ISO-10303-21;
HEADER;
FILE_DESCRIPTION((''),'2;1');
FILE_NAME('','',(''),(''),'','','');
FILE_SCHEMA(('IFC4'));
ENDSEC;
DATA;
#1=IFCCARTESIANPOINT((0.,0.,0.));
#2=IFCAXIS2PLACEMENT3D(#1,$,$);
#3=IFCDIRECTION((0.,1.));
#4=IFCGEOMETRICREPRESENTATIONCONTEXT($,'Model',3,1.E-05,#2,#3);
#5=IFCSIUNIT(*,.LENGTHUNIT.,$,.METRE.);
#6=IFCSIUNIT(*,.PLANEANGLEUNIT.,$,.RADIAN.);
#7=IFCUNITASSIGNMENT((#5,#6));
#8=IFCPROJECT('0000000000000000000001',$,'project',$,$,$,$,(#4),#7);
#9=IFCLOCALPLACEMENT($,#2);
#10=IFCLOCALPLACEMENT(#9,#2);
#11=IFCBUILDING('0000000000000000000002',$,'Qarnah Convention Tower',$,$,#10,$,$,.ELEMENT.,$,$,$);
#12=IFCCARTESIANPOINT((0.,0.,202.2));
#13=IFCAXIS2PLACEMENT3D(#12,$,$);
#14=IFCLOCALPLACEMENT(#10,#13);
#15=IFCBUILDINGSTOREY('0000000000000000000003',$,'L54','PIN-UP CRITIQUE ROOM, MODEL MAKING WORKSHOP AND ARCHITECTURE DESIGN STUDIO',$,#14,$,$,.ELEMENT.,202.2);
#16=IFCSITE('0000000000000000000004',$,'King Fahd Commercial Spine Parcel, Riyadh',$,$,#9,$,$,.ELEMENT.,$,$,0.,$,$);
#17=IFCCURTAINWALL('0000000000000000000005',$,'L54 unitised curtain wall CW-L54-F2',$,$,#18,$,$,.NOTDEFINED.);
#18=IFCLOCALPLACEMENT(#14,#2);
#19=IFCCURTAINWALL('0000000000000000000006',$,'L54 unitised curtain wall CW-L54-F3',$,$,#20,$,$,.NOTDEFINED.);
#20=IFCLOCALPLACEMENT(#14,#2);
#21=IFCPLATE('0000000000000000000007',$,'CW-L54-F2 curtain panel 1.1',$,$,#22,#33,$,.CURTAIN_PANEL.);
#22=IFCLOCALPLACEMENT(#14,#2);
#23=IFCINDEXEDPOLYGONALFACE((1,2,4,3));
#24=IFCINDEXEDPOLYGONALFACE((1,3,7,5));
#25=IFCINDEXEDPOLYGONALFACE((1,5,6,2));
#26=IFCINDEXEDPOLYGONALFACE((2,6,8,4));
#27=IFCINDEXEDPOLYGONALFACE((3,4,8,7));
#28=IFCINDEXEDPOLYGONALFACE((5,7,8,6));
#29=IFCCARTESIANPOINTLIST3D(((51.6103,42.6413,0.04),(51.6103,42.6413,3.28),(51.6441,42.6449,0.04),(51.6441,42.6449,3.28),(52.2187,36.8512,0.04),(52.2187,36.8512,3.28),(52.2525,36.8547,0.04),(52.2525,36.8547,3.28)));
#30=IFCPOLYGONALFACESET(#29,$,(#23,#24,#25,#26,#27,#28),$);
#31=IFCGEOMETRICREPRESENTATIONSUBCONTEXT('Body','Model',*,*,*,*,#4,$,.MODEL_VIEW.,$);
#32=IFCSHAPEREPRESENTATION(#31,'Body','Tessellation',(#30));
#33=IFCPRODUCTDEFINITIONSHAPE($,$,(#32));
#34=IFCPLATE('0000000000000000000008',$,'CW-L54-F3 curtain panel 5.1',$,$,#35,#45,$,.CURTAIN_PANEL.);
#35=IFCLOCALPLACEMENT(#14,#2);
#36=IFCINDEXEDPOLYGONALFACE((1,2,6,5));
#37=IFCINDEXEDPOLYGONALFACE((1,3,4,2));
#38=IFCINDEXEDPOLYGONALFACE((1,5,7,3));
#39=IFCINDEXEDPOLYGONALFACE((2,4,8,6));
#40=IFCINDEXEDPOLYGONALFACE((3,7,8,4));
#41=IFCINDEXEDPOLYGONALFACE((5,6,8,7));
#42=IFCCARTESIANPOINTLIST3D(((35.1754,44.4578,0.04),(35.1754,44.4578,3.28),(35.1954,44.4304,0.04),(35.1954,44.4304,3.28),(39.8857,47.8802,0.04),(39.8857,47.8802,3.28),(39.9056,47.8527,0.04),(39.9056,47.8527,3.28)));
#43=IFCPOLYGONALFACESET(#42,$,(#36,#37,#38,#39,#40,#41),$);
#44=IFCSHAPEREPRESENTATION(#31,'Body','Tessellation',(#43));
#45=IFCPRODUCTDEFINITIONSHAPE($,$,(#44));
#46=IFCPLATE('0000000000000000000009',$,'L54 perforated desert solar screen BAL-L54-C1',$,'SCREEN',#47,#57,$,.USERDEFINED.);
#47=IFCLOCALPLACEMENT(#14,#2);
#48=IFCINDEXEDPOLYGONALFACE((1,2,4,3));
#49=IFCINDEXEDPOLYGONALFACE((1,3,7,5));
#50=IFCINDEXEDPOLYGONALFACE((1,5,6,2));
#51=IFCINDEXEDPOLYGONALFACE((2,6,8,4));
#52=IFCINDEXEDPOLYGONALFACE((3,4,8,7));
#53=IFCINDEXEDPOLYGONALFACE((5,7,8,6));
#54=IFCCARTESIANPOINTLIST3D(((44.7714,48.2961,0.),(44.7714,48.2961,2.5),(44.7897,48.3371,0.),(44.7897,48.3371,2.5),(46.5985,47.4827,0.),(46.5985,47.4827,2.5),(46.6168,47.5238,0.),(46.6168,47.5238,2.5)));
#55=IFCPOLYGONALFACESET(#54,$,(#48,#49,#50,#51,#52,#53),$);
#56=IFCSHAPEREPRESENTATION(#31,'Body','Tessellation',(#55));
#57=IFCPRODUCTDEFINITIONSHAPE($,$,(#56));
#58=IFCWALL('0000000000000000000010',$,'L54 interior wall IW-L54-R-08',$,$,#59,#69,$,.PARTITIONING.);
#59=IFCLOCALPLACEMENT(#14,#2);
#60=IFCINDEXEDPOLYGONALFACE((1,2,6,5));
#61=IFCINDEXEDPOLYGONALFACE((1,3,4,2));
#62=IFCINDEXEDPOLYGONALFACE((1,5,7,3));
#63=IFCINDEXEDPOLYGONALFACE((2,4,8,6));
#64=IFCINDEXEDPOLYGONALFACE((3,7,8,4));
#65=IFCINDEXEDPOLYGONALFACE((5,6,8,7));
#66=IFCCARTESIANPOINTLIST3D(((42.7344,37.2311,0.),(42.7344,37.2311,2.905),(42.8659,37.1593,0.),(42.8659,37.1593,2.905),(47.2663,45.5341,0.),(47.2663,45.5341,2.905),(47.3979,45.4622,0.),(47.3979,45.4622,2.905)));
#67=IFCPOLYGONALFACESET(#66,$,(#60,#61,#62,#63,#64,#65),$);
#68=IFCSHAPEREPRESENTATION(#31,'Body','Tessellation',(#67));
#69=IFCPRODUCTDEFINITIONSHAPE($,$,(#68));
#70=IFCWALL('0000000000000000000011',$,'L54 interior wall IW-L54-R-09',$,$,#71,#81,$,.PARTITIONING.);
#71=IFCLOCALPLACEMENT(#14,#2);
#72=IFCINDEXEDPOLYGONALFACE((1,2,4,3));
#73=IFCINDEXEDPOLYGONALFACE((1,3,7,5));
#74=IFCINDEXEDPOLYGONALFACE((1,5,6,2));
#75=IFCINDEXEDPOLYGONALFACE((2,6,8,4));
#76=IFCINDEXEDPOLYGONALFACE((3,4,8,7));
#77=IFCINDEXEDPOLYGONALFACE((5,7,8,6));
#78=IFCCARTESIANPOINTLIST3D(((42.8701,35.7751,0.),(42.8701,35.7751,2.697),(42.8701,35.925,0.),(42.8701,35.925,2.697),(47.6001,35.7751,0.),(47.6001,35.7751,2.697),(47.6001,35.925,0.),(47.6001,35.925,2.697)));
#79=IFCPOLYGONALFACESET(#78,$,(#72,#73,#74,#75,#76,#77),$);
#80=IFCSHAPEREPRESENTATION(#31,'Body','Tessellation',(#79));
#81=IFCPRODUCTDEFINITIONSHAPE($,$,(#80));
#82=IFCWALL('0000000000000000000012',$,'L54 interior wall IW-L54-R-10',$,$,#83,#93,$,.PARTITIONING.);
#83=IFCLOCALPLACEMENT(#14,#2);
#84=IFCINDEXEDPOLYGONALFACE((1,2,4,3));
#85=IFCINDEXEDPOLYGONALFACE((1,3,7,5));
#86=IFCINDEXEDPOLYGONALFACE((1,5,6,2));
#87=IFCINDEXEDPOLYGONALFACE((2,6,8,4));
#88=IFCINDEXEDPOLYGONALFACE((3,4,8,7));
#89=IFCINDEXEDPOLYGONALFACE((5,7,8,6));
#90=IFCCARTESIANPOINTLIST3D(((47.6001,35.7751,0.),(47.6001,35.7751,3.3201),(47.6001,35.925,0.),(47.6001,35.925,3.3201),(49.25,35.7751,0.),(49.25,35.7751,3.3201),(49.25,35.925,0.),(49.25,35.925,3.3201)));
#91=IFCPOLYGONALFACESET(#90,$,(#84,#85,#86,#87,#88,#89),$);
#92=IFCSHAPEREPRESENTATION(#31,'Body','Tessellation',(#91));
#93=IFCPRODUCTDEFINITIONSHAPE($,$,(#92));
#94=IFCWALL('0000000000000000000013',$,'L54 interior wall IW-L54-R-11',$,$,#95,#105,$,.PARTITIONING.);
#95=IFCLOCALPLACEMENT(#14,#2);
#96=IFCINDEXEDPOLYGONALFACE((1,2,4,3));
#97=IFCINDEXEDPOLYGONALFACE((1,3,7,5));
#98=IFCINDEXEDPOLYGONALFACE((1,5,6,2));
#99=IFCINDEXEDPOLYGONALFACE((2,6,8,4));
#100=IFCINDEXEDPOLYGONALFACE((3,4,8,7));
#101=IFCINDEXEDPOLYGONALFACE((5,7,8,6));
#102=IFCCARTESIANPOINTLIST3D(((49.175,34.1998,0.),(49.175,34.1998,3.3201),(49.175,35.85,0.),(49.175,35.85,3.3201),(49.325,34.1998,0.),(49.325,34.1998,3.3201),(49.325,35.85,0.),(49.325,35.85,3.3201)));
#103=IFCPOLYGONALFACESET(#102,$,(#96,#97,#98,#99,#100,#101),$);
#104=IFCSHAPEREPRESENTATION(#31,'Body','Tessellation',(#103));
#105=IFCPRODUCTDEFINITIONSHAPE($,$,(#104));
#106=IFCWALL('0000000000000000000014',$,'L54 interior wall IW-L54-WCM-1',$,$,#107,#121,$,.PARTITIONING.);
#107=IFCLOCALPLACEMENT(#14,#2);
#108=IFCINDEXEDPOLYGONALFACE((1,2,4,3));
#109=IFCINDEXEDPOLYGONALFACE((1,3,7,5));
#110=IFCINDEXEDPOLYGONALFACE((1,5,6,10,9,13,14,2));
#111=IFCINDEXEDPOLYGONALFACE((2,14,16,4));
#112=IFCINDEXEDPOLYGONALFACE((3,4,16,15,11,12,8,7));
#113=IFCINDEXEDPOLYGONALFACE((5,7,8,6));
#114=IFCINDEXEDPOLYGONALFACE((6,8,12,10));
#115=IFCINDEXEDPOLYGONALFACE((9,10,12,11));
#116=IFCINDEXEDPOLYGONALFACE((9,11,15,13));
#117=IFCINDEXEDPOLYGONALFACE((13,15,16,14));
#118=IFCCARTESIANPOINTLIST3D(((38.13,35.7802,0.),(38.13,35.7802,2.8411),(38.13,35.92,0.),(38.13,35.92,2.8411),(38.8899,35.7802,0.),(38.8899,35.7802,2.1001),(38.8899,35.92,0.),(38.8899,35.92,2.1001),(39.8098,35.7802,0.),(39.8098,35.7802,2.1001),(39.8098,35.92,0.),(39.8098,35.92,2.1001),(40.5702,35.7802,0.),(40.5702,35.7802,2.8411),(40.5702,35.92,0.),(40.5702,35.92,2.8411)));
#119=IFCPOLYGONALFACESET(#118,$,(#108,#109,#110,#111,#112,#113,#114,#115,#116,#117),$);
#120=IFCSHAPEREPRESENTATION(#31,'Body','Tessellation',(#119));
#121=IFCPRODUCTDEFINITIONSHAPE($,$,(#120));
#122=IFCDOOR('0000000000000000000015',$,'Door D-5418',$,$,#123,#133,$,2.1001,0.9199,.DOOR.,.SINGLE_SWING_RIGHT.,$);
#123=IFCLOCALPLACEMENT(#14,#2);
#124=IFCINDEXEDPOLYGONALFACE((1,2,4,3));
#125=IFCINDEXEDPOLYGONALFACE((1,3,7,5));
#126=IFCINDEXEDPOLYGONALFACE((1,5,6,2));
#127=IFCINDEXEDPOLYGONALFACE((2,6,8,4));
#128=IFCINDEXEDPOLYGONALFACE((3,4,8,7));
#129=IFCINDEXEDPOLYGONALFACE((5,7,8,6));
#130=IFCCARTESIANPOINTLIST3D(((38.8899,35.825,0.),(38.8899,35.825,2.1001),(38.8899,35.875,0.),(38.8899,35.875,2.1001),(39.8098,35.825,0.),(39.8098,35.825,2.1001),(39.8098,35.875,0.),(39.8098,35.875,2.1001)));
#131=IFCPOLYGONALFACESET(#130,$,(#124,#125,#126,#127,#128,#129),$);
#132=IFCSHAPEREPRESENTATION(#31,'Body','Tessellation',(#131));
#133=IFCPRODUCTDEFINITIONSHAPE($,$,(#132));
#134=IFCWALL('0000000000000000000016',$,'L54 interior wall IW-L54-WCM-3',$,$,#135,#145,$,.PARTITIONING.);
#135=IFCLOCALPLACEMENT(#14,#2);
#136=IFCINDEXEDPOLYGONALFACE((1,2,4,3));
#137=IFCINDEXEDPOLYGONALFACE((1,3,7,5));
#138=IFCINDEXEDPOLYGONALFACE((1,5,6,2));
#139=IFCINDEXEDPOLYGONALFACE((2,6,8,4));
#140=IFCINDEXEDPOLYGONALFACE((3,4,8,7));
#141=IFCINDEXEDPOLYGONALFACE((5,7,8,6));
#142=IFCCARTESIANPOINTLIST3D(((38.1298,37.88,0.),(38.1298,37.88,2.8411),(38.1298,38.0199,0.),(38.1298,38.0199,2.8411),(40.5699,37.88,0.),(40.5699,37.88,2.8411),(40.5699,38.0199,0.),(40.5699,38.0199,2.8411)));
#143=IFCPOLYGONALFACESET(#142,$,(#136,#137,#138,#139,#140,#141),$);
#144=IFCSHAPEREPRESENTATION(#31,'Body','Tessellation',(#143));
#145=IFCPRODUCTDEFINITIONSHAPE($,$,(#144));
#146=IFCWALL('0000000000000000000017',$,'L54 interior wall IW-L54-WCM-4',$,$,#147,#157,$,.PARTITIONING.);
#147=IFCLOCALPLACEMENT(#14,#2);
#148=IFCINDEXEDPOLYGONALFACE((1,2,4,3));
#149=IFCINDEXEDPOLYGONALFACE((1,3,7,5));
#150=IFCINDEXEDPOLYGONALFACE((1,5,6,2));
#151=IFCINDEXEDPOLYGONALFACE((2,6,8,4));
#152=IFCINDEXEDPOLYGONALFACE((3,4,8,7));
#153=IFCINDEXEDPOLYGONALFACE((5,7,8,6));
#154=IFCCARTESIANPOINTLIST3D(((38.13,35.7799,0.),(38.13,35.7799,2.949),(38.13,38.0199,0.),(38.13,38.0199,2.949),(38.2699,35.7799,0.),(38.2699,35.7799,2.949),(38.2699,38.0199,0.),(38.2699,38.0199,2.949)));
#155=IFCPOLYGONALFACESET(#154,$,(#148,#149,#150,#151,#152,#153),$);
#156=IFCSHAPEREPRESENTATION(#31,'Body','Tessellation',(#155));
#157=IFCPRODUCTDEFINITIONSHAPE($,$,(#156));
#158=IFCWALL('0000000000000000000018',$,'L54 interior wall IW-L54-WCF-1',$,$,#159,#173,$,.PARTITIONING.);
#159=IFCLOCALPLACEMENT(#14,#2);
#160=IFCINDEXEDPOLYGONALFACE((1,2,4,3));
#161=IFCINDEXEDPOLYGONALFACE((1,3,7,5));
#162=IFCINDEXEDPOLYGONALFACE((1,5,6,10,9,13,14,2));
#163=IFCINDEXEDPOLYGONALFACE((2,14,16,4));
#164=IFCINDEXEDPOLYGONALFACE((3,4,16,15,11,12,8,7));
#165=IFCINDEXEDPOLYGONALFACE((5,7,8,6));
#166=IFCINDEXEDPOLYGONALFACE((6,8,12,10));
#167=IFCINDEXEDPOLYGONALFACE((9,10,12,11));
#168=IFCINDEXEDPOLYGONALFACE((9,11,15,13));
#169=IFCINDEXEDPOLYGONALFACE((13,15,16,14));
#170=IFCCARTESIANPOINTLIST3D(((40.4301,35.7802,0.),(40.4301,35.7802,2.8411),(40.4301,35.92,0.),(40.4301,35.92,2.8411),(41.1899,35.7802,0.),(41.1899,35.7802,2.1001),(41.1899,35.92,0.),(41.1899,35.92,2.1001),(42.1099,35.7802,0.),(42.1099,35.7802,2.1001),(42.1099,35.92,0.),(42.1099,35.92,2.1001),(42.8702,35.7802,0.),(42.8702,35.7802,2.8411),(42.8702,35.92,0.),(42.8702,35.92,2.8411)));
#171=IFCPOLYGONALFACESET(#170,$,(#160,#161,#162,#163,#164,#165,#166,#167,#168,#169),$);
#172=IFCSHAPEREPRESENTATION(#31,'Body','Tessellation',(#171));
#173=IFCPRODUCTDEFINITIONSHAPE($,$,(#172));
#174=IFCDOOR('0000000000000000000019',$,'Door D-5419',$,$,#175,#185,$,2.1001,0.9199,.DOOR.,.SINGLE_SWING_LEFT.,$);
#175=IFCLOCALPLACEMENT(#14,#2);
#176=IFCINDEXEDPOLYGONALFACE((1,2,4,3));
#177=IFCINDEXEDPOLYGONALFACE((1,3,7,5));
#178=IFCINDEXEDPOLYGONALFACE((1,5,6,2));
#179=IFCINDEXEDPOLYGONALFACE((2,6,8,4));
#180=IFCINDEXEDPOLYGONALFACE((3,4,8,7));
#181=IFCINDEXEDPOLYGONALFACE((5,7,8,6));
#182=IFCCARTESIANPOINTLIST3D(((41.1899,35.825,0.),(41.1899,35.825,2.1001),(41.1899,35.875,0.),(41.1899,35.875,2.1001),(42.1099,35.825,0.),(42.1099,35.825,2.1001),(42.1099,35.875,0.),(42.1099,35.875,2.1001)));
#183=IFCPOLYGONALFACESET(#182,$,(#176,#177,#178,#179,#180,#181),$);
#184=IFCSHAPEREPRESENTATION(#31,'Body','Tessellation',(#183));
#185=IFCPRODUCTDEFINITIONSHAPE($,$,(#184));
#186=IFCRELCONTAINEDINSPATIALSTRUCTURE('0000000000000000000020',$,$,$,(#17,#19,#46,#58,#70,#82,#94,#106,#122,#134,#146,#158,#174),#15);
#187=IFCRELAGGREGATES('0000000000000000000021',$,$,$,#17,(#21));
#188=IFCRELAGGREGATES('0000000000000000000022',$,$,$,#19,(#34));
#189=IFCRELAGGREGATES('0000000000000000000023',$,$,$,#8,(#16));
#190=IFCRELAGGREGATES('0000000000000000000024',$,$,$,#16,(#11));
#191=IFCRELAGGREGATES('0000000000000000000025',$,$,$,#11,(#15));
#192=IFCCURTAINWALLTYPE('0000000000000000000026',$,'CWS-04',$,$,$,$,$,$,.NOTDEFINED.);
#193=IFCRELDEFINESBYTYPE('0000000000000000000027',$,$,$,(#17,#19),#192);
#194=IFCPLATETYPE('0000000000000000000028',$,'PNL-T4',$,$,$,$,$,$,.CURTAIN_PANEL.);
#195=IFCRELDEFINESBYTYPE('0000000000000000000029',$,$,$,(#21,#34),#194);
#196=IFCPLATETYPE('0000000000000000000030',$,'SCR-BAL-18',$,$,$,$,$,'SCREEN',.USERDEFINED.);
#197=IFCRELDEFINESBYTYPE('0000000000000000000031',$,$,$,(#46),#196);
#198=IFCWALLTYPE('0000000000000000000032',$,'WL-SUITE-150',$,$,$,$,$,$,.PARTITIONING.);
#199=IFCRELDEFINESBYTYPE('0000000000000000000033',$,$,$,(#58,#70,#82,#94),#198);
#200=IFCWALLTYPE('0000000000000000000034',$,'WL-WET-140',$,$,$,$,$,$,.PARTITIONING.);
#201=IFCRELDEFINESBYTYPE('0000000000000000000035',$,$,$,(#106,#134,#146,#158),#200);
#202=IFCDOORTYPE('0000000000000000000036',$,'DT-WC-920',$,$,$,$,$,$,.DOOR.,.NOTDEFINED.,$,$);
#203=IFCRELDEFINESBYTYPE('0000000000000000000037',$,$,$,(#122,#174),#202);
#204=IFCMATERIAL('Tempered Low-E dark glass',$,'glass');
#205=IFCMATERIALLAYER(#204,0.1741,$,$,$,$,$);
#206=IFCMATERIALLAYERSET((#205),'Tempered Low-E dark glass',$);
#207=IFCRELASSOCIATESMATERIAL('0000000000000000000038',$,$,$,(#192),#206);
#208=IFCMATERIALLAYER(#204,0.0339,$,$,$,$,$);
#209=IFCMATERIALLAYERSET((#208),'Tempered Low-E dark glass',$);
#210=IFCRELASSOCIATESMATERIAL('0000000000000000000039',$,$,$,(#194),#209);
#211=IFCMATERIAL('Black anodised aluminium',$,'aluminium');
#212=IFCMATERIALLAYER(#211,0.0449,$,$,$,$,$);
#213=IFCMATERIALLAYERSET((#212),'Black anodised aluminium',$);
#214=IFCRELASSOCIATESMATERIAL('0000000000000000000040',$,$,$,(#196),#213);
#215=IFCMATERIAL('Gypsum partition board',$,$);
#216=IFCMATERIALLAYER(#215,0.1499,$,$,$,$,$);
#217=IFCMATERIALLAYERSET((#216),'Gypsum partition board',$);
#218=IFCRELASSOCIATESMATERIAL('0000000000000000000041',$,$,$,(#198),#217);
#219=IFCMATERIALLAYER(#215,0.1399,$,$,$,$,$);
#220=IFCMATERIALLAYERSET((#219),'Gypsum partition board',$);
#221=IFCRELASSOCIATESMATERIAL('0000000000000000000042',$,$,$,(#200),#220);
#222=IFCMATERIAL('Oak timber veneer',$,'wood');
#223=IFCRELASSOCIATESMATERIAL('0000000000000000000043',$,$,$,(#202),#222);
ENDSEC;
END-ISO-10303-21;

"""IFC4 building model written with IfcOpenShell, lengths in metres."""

from ifc_helpers import new_model, si_unit, direction, frame, frame_2d, origin, origin_2d, place, context, subcontext, project, spatial, rectangle, extrude, material, layer, layer_set, type_object, element, fill, aggregate, save


model = new_model("IFC4")

# Units and contexts
model_context = context("Model", 3, precision=1e-05, world=origin(), true_north=direction((0.0, 1.0)))
body_context = subcontext(model_context, "Body", "Model", "MODEL_VIEW")
ifc_project = project(units=[si_unit("LENGTHUNIT", "METRE"), si_unit("PLANEANGLEUNIT", "RADIAN")], contexts=[model_context])

# Site, building, storey
site_placement = place(None, origin())
site = spatial("IfcSite", under=ifc_project, at=site_placement, Name="King Fahd Commercial Spine Parcel, Riyadh", CompositionType="ELEMENT", RefElevation=0.0)
building_placement = place(site_placement, origin())
building = spatial("IfcBuilding", under=site, at=building_placement, Name="Qarnah Convention Tower", CompositionType="ELEMENT")
storey_placement = place(building_placement, frame((0.0, 0.0, 202.2)))
storey = spatial("IfcBuildingStorey", under=building, at=storey_placement, Name="L54", Description="PIN-UP CRITIQUE ROOM, MODEL MAKING WORKSHOP AND ARCHITECTURE DESIGN STUDIO", CompositionType="ELEMENT", Elevation=202.2)

# Curtain wall
ifc_material_1 = material(Name="Tempered Low-E dark glass", Category="glass")
ifc_layer_1 = layer(ifc_material_1, 0.1741)
ifc_layer_set_1 = layer_set([ifc_layer_1], Name="Tempered Low-E dark glass")
curtain_wall_type = type_object("IfcCurtainWallType", Name="CWS-04", PredefinedType="NOTDEFINED", material=ifc_layer_set_1)
curtain_wall_1_placement = place(storey_placement, origin())
curtain_wall_1 = element("IfcCurtainWall", 1, at=curtain_wall_1_placement, inside=storey, type_object=curtain_wall_type, Name="L54 unitised curtain wall CW-L54-F2", PredefinedType="NOTDEFINED")
ifc_material_2 = material(Name="Black anodised aluminium", Category="aluminium")

# Curtain wall
curtain_wall_2_placement = place(storey_placement, origin())
curtain_wall_2 = element("IfcCurtainWall", 2, at=curtain_wall_2_placement, inside=storey, type_object=curtain_wall_type, Name="L54 unitised curtain wall CW-L54-F3", PredefinedType="NOTDEFINED")

# Plates
ifc_layer_2 = layer(ifc_material_1, 0.0339)
ifc_layer_set_2 = layer_set([ifc_layer_2], Name="Tempered Low-E dark glass")
plate_type_1 = type_object("IfcPlateType", Name="PNL-T4", PredefinedType="CURTAIN_PANEL", material=ifc_layer_set_2)
plate_1_placement = place(storey_placement, frame((51.9314, 39.748, 0.04), z_axis=(0.0, 0.0, 1.0), x_axis=(0.104505, -0.994524, 0.0)))
plate_1 = element("IfcPlate", 3, at=plate_1_placement, type_object=plate_type_1, Name="CW-L54-F2 curtain panel 1.1", PredefinedType="CURTAIN_PANEL", context=body_context, shape_type="SweptSolid", body=[
    extrude(rectangle(XDim=5.822, YDim=0.0339, at=origin_2d()), origin(), (0.0, 0.0, 1.0), 3.24),
])
aggregate(curtain_wall_1, [plate_1])
plate_2_placement = place(storey_placement, frame((37.5405, 46.1553, 0.04), z_axis=(0.0, 0.0, 1.0), x_axis=(0.809004, 0.587803, 0.0)))
plate_2 = element("IfcPlate", 4, at=plate_2_placement, type_object=plate_type_1, Name="CW-L54-F3 curtain panel 5.1", PredefinedType="CURTAIN_PANEL", context=body_context, shape_type="SweptSolid", body=[
    extrude(rectangle(XDim=5.8223, YDim=0.0339, at=origin_2d()), origin(), (0.0, 0.0, 1.0), 3.24),
])
aggregate(curtain_wall_2, [plate_2])
ifc_layer_3 = layer(ifc_material_2, 0.0449)
ifc_layer_set_3 = layer_set([ifc_layer_3], Name="Black anodised aluminium")
plate_type_2 = type_object("IfcPlateType", Name="SCR-BAL-18", ElementType="SCREEN", PredefinedType="USERDEFINED", material=ifc_layer_set_3)
plate_3_placement = place(storey_placement, frame((45.6941, 47.9099, 0.0), z_axis=(0.0, 0.0, 1.0), x_axis=(0.913575, -0.406671, 0.0)))
element("IfcPlate", 5, at=plate_3_placement, inside=storey, type_object=plate_type_2, Name="L54 perforated desert solar screen BAL-L54-C1", ObjectType="SCREEN", PredefinedType="USERDEFINED", context=body_context, shape_type="SweptSolid", body=[
    extrude(rectangle(XDim=2.0, YDim=0.0449, at=origin_2d()), origin(), (0.0, 0.0, 1.0), 2.5),
])

# Walls
ifc_material_3 = material(Name="Gypsum partition board")
ifc_layer_4 = layer(ifc_material_3, 0.1499)
ifc_layer_set_4 = layer_set([ifc_layer_4], Name="Gypsum partition board")
wall_type_1 = type_object("IfcWallType", Name="WL-SUITE-150", PredefinedType="PARTITIONING", material=ifc_layer_set_4)
wall_1_placement = place(storey_placement, frame((47.332, 45.498, 0.0), z_axis=(0.0, 0.0, 1.0), x_axis=(-0.479103, -0.877758, 0.0)))
element("IfcWall", 6, at=wall_1_placement, inside=storey, type_object=wall_type_1, Name="L54 interior wall IW-L54-R-08", PredefinedType="PARTITIONING", context=body_context, shape_type="SweptSolid", body=[
    extrude(rectangle(XDim=9.4592, YDim=0.1499, at=frame_2d((4.7295, 0.0))), origin(), (0.0, 0.0, 1.0), 2.905),
])
wall_2_placement = place(storey_placement, frame((42.8701, 35.8501, 0.0), z_axis=(0.0, 0.0, 1.0), x_axis=(1.0, 0.0, 0.0)))
element("IfcWall", 7, at=wall_2_placement, inside=storey, type_object=wall_type_1, Name="L54 interior wall IW-L54-R-09", PredefinedType="PARTITIONING", context=body_context, shape_type="SweptSolid", body=[
    extrude(rectangle(XDim=4.73, YDim=0.1499, at=frame_2d((2.365, 0.0))), origin(), (0.0, 0.0, 1.0), 2.697),
])
wall_3_placement = place(storey_placement, frame((47.6001, 35.8501, 0.0), z_axis=(0.0, 0.0, 1.0), x_axis=(1.0, 0.0, 0.0)))
element("IfcWall", 8, at=wall_3_placement, inside=storey, type_object=wall_type_1, Name="L54 interior wall IW-L54-R-10", PredefinedType="PARTITIONING", context=body_context, shape_type="SweptSolid", body=[
    extrude(rectangle(XDim=1.6499, YDim=0.1499, at=frame_2d((0.825, 0.0))), origin(), (0.0, 0.0, 1.0), 3.3201),
])
wall_4_placement = place(storey_placement, frame((49.25, 35.8501, 0.0), z_axis=(0.0, 0.0, 1.0), x_axis=(0.0, -1.0, 0.0)))
element("IfcWall", 9, at=wall_4_placement, inside=storey, type_object=wall_type_1, Name="L54 interior wall IW-L54-R-11", PredefinedType="PARTITIONING", context=body_context, shape_type="SweptSolid", body=[
    extrude(rectangle(XDim=1.6501, YDim=0.1499, at=frame_2d((0.8252, 0.0))), origin(), (0.0, 0.0, 1.0), 3.3201),
])

# Wall, opening, door
ifc_layer_5 = layer(ifc_material_3, 0.1399)
ifc_layer_set_5 = layer_set([ifc_layer_5], Name="Gypsum partition board")
wall_type_2 = type_object("IfcWallType", Name="WL-WET-140", PredefinedType="PARTITIONING", material=ifc_layer_set_5)
wall_5_placement = place(storey_placement, frame((38.1299, 35.8501, 0.0), z_axis=(0.0, 0.0, 1.0), x_axis=(1.0, 0.0, 0.0)))
wall_5 = element("IfcWall", 10, at=wall_5_placement, inside=storey, type_object=wall_type_2, Name="L54 interior wall IW-L54-WCM-1", PredefinedType="PARTITIONING", context=body_context, shape_type="SweptSolid", body=[
    extrude(rectangle(XDim=2.4402, YDim=0.1399, at=frame_2d((1.2202, 0.0))), origin(), (0.0, 0.0, 1.0), 2.8411),
])
opening_1_placement = place(wall_5_placement, frame((0.76, 0.0, 0.0)))
opening_1 = element("IfcOpeningElement", 11, at=opening_1_placement, cuts=wall_5, PredefinedType="OPENING", context=body_context, shape_type="SweptSolid", body=[
    extrude(rectangle(XDim=0.9199, YDim=2.1001, at=frame_2d((0.46, 1.05))), frame((0.0, 0.0798, 0.0), z_axis=(0.0, -1.0, 0.0), x_axis=(1.0, 0.0, 0.0)), (0.0, 0.0, 1.0), 0.1599),
])
ifc_material_4 = material(Name="Oak timber veneer", Category="wood")
door_type_1 = type_object("IfcDoorType", Name="DT-WC-920", OperationType="NOTDEFINED", PredefinedType="DOOR", material=ifc_material_4)
door_1_placement = place(opening_1_placement, origin())
door_1 = element("IfcDoor", 12, at=door_1_placement, inside=storey, type_object=door_type_1, Name="Door D-5418", OperationType="SINGLE_SWING_RIGHT", OverallHeight=2.1001, OverallWidth=0.9199, PredefinedType="DOOR", context=body_context, shape_type="SweptSolid", body=[
    extrude(rectangle(XDim=0.9199, YDim=2.1001, at=frame_2d((0.46, 1.05))), frame((0.0, 0.0249, 0.0), z_axis=(0.0, -1.0, 0.0), x_axis=(1.0, 0.0, 0.0)), (0.0, 0.0, 1.0), 0.05),
])
fill(opening_1, door_1)

# Walls
wall_6_placement = place(storey_placement, frame((40.5701, 37.95, 0.0), z_axis=(0.0, 0.0, 1.0), x_axis=(-1.0, 0.0, 0.0)))
element("IfcWall", 13, at=wall_6_placement, inside=storey, type_object=wall_type_2, Name="L54 interior wall IW-L54-WCM-3", PredefinedType="PARTITIONING", context=body_context, shape_type="SweptSolid", body=[
    extrude(rectangle(XDim=2.4402, YDim=0.1399, at=frame_2d((1.2202, 0.0))), origin(), (0.0, 0.0, 1.0), 2.8411),
])
wall_7_placement = place(storey_placement, frame((38.2, 38.02, 0.0), z_axis=(0.0, 0.0, 1.0), x_axis=(0.0, -1.0, 0.0)))
element("IfcWall", 14, at=wall_7_placement, inside=storey, type_object=wall_type_2, Name="L54 interior wall IW-L54-WCM-4", PredefinedType="PARTITIONING", context=body_context, shape_type="SweptSolid", body=[
    extrude(rectangle(XDim=2.24, YDim=0.1399, at=frame_2d((1.1201, 0.0))), origin(), (0.0, 0.0, 1.0), 2.949),
])

# Wall, opening, door
wall_8_placement = place(storey_placement, frame((40.4299, 35.8501, 0.0), z_axis=(0.0, 0.0, 1.0), x_axis=(1.0, 0.0, 0.0)))
wall_8 = element("IfcWall", 15, at=wall_8_placement, inside=storey, type_object=wall_type_2, Name="L54 interior wall IW-L54-WCF-1", PredefinedType="PARTITIONING", context=body_context, shape_type="SweptSolid", body=[
    extrude(rectangle(XDim=2.4402, YDim=0.1399, at=frame_2d((1.2202, 0.0))), origin(), (0.0, 0.0, 1.0), 2.8411),
])
opening_2_placement = place(wall_8_placement, frame((0.76, 0.0, 0.0)))
opening_2 = element("IfcOpeningElement", 16, at=opening_2_placement, cuts=wall_8, PredefinedType="OPENING", context=body_context, shape_type="SweptSolid", body=[
    extrude(rectangle(XDim=0.9199, YDim=2.1001, at=frame_2d((0.46, 1.05))), frame((0.0, 0.0798, 0.0), z_axis=(0.0, -1.0, 0.0), x_axis=(1.0, 0.0, 0.0)), (0.0, 0.0, 1.0), 0.1599),
])
door_2_placement = place(opening_2_placement, origin())
door_2 = element("IfcDoor", 17, at=door_2_placement, inside=storey, type_object=door_type_1, Name="Door D-5419", OperationType="SINGLE_SWING_LEFT", OverallHeight=2.1001, OverallWidth=0.9199, PredefinedType="DOOR", context=body_context, shape_type="SweptSolid", body=[
    extrude(rectangle(XDim=0.9199, YDim=2.1001, at=frame_2d((0.46, 1.05))), frame((0.0, 0.0249, 0.0), z_axis=(0.0, -1.0, 0.0), x_axis=(1.0, 0.0, 0.0)), (0.0, 0.0, 1.0), 0.05),
])
fill(opening_2, door_2)

save(model, "model.ifc")
